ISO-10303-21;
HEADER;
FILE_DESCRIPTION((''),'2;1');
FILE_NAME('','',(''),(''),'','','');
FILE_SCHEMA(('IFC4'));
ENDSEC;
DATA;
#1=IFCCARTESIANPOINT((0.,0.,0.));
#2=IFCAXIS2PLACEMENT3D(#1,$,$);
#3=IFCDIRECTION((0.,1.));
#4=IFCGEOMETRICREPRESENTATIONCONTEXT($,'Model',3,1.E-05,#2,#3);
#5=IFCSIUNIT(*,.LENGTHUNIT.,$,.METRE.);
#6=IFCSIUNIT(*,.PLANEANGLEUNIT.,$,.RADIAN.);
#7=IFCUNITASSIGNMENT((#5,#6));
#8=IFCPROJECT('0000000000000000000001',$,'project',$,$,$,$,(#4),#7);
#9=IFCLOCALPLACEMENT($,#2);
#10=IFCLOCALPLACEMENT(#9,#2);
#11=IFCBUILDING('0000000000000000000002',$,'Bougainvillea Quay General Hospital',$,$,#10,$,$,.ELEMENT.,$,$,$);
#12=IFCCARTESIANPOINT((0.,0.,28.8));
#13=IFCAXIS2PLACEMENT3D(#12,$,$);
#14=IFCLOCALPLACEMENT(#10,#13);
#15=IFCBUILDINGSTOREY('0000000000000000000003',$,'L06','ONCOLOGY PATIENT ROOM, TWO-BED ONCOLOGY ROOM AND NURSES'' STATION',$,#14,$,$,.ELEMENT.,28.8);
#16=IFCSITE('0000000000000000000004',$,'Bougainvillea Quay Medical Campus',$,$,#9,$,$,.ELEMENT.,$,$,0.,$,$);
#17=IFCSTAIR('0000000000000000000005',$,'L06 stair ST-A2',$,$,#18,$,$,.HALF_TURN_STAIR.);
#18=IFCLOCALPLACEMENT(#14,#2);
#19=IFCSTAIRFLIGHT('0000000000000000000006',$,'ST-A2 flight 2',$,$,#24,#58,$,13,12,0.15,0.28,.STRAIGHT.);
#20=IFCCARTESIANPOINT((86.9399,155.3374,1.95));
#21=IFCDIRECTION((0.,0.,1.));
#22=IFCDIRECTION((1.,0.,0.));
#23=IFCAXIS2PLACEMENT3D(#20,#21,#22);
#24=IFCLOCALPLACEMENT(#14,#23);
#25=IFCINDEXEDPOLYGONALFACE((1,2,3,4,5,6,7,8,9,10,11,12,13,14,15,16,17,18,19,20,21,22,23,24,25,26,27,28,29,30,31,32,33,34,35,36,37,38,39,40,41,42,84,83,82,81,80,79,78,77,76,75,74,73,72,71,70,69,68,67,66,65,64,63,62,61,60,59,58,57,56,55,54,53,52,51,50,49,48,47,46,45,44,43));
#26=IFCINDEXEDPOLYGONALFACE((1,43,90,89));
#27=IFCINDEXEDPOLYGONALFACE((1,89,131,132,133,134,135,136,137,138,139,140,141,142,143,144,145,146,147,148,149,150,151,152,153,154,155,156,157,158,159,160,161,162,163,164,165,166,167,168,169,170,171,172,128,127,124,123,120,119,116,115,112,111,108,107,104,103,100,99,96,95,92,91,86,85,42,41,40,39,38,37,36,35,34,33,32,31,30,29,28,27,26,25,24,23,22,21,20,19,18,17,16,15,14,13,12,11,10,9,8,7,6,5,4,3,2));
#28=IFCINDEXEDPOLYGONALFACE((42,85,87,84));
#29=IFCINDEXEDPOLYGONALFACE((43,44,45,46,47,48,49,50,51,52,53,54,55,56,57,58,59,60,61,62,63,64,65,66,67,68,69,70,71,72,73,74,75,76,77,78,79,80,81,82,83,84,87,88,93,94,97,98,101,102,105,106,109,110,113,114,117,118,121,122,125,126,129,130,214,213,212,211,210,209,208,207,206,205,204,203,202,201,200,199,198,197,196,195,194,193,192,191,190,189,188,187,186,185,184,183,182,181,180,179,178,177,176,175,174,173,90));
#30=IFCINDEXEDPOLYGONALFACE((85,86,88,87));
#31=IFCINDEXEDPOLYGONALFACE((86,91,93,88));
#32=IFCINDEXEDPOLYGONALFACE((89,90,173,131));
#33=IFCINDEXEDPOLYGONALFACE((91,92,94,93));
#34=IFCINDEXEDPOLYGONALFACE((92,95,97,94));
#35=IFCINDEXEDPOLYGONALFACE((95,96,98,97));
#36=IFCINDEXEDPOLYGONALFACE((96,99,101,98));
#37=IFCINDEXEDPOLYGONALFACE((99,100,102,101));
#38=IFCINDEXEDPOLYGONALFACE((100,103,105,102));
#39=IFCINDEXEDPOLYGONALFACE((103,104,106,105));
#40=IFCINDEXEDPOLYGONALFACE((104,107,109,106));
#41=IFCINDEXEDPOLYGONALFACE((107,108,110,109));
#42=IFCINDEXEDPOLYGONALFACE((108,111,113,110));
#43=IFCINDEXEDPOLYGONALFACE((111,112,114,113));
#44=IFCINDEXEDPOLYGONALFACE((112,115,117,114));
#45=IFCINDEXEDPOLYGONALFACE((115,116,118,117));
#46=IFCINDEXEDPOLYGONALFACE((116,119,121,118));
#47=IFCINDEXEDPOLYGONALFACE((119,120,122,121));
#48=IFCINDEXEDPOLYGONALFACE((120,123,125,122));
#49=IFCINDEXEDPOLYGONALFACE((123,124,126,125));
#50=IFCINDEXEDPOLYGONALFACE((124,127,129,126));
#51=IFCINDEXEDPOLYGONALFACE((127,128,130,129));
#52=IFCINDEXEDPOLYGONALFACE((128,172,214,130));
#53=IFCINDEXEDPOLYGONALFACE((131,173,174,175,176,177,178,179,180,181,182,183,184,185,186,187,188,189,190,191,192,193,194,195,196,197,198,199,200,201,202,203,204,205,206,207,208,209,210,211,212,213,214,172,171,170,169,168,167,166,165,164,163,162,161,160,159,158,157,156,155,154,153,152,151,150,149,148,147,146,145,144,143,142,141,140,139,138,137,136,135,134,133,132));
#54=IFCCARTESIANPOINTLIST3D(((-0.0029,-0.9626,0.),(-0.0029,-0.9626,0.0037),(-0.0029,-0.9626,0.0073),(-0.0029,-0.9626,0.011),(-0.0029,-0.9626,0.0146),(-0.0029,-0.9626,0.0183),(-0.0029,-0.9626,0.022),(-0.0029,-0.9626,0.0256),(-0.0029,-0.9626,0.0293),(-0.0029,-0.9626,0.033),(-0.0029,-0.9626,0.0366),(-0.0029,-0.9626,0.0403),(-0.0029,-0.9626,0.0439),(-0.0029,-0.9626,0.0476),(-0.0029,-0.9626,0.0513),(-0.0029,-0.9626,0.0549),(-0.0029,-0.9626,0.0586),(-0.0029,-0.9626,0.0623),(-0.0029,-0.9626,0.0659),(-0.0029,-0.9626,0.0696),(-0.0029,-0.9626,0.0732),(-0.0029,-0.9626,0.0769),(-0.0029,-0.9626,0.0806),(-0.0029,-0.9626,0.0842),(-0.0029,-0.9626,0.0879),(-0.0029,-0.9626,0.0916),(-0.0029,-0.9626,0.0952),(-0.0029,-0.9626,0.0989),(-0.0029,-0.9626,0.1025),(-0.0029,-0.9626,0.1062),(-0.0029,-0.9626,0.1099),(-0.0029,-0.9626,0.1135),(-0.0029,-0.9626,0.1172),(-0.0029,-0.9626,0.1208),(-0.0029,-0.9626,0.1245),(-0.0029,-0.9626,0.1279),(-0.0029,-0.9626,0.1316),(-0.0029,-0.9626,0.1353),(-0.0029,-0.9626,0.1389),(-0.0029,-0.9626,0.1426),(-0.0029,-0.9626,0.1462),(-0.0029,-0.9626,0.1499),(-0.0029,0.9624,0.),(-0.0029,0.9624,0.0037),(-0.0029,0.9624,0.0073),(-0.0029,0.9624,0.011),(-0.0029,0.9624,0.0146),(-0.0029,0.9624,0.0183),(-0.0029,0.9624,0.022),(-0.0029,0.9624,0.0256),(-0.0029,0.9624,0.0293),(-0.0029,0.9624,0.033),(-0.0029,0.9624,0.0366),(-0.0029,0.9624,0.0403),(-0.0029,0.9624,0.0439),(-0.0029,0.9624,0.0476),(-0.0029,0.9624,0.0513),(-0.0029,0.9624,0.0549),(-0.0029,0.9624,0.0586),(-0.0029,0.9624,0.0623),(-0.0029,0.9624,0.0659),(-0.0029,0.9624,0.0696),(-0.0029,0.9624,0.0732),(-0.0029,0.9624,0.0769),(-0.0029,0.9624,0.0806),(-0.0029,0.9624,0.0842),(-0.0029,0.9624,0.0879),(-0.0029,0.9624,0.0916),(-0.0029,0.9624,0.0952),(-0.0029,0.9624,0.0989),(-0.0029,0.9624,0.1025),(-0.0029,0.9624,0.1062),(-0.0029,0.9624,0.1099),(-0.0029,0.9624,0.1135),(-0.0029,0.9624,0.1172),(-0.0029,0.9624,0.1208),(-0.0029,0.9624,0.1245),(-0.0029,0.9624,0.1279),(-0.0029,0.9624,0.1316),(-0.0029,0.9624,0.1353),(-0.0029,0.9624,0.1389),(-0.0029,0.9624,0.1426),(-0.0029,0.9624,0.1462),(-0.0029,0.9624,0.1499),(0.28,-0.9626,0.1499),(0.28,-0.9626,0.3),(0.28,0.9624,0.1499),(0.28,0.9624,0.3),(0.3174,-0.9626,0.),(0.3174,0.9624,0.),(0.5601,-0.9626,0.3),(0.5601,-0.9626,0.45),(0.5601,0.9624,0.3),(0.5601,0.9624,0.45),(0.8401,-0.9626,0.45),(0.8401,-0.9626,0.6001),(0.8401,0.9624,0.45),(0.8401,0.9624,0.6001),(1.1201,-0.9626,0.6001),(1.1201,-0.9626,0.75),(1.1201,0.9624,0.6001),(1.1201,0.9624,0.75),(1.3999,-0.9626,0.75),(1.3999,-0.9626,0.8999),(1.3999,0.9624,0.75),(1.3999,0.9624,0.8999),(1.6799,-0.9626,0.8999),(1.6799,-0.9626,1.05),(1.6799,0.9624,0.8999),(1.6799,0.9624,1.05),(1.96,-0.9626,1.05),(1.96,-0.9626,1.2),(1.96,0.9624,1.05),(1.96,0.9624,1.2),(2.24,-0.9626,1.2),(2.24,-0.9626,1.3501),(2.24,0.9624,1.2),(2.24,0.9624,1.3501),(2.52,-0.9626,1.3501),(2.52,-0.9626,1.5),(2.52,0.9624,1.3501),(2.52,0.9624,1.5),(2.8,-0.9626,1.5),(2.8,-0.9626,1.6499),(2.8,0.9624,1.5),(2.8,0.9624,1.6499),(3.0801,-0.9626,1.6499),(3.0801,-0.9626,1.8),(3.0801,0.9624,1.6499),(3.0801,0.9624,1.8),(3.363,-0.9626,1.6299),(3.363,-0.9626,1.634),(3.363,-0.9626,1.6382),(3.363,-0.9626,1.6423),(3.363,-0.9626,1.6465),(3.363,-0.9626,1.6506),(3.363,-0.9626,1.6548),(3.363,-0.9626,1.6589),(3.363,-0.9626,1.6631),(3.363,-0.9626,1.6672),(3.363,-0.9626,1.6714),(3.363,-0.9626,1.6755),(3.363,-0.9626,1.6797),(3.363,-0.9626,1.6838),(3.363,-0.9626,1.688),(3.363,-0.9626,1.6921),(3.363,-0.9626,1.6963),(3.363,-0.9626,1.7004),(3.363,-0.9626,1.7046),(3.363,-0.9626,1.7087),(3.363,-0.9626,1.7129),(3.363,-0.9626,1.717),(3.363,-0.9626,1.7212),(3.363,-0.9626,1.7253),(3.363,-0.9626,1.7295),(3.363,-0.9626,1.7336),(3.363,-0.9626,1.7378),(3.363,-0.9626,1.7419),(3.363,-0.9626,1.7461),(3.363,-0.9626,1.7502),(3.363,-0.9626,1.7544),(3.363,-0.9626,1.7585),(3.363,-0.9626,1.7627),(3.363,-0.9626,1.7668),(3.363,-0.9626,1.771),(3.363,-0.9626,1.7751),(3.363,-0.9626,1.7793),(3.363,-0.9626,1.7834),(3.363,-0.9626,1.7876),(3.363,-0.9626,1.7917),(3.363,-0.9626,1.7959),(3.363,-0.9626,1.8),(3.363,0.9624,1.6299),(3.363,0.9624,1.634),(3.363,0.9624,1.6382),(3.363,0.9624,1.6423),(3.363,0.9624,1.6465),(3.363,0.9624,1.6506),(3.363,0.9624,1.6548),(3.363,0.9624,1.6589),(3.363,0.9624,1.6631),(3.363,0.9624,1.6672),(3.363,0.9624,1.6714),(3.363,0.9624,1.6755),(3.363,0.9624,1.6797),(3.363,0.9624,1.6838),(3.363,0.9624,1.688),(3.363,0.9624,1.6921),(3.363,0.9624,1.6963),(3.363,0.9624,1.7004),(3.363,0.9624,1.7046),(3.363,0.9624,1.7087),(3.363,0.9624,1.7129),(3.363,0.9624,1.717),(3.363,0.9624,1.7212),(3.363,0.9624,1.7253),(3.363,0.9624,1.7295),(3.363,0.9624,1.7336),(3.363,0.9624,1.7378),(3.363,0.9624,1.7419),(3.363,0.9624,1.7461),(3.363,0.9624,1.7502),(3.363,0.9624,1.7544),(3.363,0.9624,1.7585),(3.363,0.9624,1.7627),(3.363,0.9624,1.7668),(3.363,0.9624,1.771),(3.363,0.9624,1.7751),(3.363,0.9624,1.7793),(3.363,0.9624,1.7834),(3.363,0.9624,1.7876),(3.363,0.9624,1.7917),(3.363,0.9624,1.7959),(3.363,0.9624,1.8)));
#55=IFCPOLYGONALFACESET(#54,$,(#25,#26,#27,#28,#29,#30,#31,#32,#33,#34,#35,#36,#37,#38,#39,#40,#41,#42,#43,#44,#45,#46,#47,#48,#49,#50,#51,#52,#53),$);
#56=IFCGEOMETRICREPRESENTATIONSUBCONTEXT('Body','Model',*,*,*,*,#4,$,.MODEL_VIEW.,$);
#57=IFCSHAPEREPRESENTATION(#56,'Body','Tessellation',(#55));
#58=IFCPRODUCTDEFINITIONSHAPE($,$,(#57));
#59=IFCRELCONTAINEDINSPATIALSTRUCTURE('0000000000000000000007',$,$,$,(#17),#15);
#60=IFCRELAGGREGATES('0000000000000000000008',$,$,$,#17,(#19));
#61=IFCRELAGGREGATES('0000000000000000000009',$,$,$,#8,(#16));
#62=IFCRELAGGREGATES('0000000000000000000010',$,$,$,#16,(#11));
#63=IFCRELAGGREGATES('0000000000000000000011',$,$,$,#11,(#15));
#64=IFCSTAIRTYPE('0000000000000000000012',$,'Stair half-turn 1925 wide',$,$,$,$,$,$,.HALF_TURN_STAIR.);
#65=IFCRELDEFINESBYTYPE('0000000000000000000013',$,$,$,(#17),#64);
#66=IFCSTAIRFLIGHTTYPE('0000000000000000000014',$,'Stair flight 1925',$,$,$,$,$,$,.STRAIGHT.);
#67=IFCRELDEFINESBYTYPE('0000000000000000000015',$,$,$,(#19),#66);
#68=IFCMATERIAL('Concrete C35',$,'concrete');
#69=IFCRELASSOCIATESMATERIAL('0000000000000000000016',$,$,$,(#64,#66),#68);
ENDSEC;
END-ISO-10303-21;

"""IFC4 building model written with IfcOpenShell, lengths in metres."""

from ifc_helpers import new_model, si_unit, direction, frame, origin, place, context, subcontext, project, spatial, polyline, outline, extrude, material, type_object, element, aggregate, save


model = new_model("IFC4")

# Units and contexts
model_context = context("Model", 3, precision=1e-05, world=origin(), true_north=direction((0.0, 1.0)))
body_context = subcontext(model_context, "Body", "Model", "MODEL_VIEW")
ifc_project = project(units=[si_unit("LENGTHUNIT", "METRE"), si_unit("PLANEANGLEUNIT", "RADIAN")], contexts=[model_context])

# Site, building, storey
site_placement = place(None, origin())
site = spatial("IfcSite", under=ifc_project, at=site_placement, Name="Bougainvillea Quay Medical Campus", CompositionType="ELEMENT", RefElevation=0.0)
building_placement = place(site_placement, origin())
building = spatial("IfcBuilding", under=site, at=building_placement, Name="Bougainvillea Quay General Hospital", CompositionType="ELEMENT")
storey_placement = place(building_placement, frame((0.0, 0.0, 28.8)))
storey = spatial("IfcBuildingStorey", under=building, at=storey_placement, Name="L06", Description="ONCOLOGY PATIENT ROOM, TWO-BED ONCOLOGY ROOM AND NURSES' STATION", CompositionType="ELEMENT", Elevation=28.8)

# Stair, stair flight
ifc_material_1 = material(Name="Concrete C35", Category="concrete")
stair_type = type_object("IfcStairType", Name="Stair half-turn 1925 wide", PredefinedType="HALF_TURN_STAIR", material=ifc_material_1)
stair_placement = place(storey_placement, origin())
stair = element("IfcStair", 1, at=stair_placement, inside=storey, type_object=stair_type, Name="L06 stair ST-A2", PredefinedType="HALF_TURN_STAIR")
stair_flight_type = type_object("IfcStairFlightType", Name="Stair flight 1925", PredefinedType="STRAIGHT", material=ifc_material_1)
stair_flight_placement = place(storey_placement, frame((86.9399, 155.3374, 1.95), z_axis=(0.0, 0.0, 1.0), x_axis=(1.0, 0.0, 0.0)))
stair_flight = element("IfcStairFlight", 2, at=stair_flight_placement, type_object=stair_flight_type, Name="ST-A2 flight 2", NumberOfRisers=13, NumberOfTreads=12, PredefinedType="STRAIGHT", RiserHeight=0.15, TreadLength=0.28, context=body_context, shape_type="SweptSolid", body=[
    extrude(outline(polyline([(-0.0029, 0.0), (-0.0029, 0.0037), (-0.0029, 0.0073), (-0.0029, 0.011), (-0.0029, 0.0146), (-0.0029, 0.0183), (-0.0029, 0.022), (-0.0029, 0.0256), (-0.0029, 0.0293), (-0.0029, 0.033), (-0.0029, 0.0366), (-0.0029, 0.0403), (-0.0029, 0.0439), (-0.0029, 0.0476), (-0.0029, 0.0513), (-0.0029, 0.0549), (-0.0029, 0.0586), (-0.0029, 0.0623), (-0.0029, 0.0659), (-0.0029, 0.0696), (-0.0029, 0.0732), (-0.0029, 0.0769), (-0.0029, 0.0806), (-0.0029, 0.0842), (-0.0029, 0.0879), (-0.0029, 0.0916), (-0.0029, 0.0952), (-0.0029, 0.0989), (-0.0029, 0.1025), (-0.0029, 0.1062), (-0.0029, 0.1099), (-0.0029, 0.1135), (-0.0029, 0.1172), (-0.0029, 0.1208), (-0.0029, 0.1245), (-0.0029, 0.1279), (-0.0029, 0.1316), (-0.0029, 0.1353), (-0.0029, 0.1389), (-0.0029, 0.1426), (-0.0029, 0.1462), (-0.0029, 0.1499), (0.28, 0.1499), (0.28, 0.3), (0.5601, 0.3), (0.5601, 0.45), (0.8401, 0.45), (0.8401, 0.6001), (1.1201, 0.6001), (1.1201, 0.75), (1.3999, 0.75), (1.3999, 0.8999), (1.6799, 0.8999), (1.6799, 1.05), (1.96, 1.05), (1.96, 1.2), (2.24, 1.2), (2.24, 1.3501), (2.52, 1.3501), (2.52, 1.5), (2.8, 1.5), (2.8, 1.6499), (3.0801, 1.6499), (3.0801, 1.8), (3.363, 1.8), (3.363, 1.7959), (3.363, 1.7917), (3.363, 1.7876), (3.363, 1.7834), (3.363, 1.7793), (3.363, 1.7751), (3.363, 1.771), (3.363, 1.7668), (3.363, 1.7627), (3.363, 1.7585), (3.363, 1.7544), (3.363, 1.7502), (3.363, 1.7461), (3.363, 1.7419), (3.363, 1.7378), (3.363, 1.7336), (3.363, 1.7295), (3.363, 1.7253), (3.363, 1.7212), (3.363, 1.717), (3.363, 1.7129), (3.363, 1.7087), (3.363, 1.7046), (3.363, 1.7004), (3.363, 1.6963), (3.363, 1.6921), (3.363, 1.688), (3.363, 1.6838), (3.363, 1.6797), (3.363, 1.6755), (3.363, 1.6714), (3.363, 1.6672), (3.363, 1.6631), (3.363, 1.6589), (3.363, 1.6548), (3.363, 1.6506), (3.363, 1.6465), (3.363, 1.6423), (3.363, 1.6382), (3.363, 1.634), (3.363, 1.6299), (0.3174, 0.0), (-0.0029, 0.0)])), frame((0.0, 0.9624, 0.0), z_axis=(0.0, -1.0, 0.0), x_axis=(1.0, 0.0, 0.0)), (0.0, 0.0, 1.0), 1.925),
])
aggregate(stair, [stair_flight])

save(model, "model.ifc")
